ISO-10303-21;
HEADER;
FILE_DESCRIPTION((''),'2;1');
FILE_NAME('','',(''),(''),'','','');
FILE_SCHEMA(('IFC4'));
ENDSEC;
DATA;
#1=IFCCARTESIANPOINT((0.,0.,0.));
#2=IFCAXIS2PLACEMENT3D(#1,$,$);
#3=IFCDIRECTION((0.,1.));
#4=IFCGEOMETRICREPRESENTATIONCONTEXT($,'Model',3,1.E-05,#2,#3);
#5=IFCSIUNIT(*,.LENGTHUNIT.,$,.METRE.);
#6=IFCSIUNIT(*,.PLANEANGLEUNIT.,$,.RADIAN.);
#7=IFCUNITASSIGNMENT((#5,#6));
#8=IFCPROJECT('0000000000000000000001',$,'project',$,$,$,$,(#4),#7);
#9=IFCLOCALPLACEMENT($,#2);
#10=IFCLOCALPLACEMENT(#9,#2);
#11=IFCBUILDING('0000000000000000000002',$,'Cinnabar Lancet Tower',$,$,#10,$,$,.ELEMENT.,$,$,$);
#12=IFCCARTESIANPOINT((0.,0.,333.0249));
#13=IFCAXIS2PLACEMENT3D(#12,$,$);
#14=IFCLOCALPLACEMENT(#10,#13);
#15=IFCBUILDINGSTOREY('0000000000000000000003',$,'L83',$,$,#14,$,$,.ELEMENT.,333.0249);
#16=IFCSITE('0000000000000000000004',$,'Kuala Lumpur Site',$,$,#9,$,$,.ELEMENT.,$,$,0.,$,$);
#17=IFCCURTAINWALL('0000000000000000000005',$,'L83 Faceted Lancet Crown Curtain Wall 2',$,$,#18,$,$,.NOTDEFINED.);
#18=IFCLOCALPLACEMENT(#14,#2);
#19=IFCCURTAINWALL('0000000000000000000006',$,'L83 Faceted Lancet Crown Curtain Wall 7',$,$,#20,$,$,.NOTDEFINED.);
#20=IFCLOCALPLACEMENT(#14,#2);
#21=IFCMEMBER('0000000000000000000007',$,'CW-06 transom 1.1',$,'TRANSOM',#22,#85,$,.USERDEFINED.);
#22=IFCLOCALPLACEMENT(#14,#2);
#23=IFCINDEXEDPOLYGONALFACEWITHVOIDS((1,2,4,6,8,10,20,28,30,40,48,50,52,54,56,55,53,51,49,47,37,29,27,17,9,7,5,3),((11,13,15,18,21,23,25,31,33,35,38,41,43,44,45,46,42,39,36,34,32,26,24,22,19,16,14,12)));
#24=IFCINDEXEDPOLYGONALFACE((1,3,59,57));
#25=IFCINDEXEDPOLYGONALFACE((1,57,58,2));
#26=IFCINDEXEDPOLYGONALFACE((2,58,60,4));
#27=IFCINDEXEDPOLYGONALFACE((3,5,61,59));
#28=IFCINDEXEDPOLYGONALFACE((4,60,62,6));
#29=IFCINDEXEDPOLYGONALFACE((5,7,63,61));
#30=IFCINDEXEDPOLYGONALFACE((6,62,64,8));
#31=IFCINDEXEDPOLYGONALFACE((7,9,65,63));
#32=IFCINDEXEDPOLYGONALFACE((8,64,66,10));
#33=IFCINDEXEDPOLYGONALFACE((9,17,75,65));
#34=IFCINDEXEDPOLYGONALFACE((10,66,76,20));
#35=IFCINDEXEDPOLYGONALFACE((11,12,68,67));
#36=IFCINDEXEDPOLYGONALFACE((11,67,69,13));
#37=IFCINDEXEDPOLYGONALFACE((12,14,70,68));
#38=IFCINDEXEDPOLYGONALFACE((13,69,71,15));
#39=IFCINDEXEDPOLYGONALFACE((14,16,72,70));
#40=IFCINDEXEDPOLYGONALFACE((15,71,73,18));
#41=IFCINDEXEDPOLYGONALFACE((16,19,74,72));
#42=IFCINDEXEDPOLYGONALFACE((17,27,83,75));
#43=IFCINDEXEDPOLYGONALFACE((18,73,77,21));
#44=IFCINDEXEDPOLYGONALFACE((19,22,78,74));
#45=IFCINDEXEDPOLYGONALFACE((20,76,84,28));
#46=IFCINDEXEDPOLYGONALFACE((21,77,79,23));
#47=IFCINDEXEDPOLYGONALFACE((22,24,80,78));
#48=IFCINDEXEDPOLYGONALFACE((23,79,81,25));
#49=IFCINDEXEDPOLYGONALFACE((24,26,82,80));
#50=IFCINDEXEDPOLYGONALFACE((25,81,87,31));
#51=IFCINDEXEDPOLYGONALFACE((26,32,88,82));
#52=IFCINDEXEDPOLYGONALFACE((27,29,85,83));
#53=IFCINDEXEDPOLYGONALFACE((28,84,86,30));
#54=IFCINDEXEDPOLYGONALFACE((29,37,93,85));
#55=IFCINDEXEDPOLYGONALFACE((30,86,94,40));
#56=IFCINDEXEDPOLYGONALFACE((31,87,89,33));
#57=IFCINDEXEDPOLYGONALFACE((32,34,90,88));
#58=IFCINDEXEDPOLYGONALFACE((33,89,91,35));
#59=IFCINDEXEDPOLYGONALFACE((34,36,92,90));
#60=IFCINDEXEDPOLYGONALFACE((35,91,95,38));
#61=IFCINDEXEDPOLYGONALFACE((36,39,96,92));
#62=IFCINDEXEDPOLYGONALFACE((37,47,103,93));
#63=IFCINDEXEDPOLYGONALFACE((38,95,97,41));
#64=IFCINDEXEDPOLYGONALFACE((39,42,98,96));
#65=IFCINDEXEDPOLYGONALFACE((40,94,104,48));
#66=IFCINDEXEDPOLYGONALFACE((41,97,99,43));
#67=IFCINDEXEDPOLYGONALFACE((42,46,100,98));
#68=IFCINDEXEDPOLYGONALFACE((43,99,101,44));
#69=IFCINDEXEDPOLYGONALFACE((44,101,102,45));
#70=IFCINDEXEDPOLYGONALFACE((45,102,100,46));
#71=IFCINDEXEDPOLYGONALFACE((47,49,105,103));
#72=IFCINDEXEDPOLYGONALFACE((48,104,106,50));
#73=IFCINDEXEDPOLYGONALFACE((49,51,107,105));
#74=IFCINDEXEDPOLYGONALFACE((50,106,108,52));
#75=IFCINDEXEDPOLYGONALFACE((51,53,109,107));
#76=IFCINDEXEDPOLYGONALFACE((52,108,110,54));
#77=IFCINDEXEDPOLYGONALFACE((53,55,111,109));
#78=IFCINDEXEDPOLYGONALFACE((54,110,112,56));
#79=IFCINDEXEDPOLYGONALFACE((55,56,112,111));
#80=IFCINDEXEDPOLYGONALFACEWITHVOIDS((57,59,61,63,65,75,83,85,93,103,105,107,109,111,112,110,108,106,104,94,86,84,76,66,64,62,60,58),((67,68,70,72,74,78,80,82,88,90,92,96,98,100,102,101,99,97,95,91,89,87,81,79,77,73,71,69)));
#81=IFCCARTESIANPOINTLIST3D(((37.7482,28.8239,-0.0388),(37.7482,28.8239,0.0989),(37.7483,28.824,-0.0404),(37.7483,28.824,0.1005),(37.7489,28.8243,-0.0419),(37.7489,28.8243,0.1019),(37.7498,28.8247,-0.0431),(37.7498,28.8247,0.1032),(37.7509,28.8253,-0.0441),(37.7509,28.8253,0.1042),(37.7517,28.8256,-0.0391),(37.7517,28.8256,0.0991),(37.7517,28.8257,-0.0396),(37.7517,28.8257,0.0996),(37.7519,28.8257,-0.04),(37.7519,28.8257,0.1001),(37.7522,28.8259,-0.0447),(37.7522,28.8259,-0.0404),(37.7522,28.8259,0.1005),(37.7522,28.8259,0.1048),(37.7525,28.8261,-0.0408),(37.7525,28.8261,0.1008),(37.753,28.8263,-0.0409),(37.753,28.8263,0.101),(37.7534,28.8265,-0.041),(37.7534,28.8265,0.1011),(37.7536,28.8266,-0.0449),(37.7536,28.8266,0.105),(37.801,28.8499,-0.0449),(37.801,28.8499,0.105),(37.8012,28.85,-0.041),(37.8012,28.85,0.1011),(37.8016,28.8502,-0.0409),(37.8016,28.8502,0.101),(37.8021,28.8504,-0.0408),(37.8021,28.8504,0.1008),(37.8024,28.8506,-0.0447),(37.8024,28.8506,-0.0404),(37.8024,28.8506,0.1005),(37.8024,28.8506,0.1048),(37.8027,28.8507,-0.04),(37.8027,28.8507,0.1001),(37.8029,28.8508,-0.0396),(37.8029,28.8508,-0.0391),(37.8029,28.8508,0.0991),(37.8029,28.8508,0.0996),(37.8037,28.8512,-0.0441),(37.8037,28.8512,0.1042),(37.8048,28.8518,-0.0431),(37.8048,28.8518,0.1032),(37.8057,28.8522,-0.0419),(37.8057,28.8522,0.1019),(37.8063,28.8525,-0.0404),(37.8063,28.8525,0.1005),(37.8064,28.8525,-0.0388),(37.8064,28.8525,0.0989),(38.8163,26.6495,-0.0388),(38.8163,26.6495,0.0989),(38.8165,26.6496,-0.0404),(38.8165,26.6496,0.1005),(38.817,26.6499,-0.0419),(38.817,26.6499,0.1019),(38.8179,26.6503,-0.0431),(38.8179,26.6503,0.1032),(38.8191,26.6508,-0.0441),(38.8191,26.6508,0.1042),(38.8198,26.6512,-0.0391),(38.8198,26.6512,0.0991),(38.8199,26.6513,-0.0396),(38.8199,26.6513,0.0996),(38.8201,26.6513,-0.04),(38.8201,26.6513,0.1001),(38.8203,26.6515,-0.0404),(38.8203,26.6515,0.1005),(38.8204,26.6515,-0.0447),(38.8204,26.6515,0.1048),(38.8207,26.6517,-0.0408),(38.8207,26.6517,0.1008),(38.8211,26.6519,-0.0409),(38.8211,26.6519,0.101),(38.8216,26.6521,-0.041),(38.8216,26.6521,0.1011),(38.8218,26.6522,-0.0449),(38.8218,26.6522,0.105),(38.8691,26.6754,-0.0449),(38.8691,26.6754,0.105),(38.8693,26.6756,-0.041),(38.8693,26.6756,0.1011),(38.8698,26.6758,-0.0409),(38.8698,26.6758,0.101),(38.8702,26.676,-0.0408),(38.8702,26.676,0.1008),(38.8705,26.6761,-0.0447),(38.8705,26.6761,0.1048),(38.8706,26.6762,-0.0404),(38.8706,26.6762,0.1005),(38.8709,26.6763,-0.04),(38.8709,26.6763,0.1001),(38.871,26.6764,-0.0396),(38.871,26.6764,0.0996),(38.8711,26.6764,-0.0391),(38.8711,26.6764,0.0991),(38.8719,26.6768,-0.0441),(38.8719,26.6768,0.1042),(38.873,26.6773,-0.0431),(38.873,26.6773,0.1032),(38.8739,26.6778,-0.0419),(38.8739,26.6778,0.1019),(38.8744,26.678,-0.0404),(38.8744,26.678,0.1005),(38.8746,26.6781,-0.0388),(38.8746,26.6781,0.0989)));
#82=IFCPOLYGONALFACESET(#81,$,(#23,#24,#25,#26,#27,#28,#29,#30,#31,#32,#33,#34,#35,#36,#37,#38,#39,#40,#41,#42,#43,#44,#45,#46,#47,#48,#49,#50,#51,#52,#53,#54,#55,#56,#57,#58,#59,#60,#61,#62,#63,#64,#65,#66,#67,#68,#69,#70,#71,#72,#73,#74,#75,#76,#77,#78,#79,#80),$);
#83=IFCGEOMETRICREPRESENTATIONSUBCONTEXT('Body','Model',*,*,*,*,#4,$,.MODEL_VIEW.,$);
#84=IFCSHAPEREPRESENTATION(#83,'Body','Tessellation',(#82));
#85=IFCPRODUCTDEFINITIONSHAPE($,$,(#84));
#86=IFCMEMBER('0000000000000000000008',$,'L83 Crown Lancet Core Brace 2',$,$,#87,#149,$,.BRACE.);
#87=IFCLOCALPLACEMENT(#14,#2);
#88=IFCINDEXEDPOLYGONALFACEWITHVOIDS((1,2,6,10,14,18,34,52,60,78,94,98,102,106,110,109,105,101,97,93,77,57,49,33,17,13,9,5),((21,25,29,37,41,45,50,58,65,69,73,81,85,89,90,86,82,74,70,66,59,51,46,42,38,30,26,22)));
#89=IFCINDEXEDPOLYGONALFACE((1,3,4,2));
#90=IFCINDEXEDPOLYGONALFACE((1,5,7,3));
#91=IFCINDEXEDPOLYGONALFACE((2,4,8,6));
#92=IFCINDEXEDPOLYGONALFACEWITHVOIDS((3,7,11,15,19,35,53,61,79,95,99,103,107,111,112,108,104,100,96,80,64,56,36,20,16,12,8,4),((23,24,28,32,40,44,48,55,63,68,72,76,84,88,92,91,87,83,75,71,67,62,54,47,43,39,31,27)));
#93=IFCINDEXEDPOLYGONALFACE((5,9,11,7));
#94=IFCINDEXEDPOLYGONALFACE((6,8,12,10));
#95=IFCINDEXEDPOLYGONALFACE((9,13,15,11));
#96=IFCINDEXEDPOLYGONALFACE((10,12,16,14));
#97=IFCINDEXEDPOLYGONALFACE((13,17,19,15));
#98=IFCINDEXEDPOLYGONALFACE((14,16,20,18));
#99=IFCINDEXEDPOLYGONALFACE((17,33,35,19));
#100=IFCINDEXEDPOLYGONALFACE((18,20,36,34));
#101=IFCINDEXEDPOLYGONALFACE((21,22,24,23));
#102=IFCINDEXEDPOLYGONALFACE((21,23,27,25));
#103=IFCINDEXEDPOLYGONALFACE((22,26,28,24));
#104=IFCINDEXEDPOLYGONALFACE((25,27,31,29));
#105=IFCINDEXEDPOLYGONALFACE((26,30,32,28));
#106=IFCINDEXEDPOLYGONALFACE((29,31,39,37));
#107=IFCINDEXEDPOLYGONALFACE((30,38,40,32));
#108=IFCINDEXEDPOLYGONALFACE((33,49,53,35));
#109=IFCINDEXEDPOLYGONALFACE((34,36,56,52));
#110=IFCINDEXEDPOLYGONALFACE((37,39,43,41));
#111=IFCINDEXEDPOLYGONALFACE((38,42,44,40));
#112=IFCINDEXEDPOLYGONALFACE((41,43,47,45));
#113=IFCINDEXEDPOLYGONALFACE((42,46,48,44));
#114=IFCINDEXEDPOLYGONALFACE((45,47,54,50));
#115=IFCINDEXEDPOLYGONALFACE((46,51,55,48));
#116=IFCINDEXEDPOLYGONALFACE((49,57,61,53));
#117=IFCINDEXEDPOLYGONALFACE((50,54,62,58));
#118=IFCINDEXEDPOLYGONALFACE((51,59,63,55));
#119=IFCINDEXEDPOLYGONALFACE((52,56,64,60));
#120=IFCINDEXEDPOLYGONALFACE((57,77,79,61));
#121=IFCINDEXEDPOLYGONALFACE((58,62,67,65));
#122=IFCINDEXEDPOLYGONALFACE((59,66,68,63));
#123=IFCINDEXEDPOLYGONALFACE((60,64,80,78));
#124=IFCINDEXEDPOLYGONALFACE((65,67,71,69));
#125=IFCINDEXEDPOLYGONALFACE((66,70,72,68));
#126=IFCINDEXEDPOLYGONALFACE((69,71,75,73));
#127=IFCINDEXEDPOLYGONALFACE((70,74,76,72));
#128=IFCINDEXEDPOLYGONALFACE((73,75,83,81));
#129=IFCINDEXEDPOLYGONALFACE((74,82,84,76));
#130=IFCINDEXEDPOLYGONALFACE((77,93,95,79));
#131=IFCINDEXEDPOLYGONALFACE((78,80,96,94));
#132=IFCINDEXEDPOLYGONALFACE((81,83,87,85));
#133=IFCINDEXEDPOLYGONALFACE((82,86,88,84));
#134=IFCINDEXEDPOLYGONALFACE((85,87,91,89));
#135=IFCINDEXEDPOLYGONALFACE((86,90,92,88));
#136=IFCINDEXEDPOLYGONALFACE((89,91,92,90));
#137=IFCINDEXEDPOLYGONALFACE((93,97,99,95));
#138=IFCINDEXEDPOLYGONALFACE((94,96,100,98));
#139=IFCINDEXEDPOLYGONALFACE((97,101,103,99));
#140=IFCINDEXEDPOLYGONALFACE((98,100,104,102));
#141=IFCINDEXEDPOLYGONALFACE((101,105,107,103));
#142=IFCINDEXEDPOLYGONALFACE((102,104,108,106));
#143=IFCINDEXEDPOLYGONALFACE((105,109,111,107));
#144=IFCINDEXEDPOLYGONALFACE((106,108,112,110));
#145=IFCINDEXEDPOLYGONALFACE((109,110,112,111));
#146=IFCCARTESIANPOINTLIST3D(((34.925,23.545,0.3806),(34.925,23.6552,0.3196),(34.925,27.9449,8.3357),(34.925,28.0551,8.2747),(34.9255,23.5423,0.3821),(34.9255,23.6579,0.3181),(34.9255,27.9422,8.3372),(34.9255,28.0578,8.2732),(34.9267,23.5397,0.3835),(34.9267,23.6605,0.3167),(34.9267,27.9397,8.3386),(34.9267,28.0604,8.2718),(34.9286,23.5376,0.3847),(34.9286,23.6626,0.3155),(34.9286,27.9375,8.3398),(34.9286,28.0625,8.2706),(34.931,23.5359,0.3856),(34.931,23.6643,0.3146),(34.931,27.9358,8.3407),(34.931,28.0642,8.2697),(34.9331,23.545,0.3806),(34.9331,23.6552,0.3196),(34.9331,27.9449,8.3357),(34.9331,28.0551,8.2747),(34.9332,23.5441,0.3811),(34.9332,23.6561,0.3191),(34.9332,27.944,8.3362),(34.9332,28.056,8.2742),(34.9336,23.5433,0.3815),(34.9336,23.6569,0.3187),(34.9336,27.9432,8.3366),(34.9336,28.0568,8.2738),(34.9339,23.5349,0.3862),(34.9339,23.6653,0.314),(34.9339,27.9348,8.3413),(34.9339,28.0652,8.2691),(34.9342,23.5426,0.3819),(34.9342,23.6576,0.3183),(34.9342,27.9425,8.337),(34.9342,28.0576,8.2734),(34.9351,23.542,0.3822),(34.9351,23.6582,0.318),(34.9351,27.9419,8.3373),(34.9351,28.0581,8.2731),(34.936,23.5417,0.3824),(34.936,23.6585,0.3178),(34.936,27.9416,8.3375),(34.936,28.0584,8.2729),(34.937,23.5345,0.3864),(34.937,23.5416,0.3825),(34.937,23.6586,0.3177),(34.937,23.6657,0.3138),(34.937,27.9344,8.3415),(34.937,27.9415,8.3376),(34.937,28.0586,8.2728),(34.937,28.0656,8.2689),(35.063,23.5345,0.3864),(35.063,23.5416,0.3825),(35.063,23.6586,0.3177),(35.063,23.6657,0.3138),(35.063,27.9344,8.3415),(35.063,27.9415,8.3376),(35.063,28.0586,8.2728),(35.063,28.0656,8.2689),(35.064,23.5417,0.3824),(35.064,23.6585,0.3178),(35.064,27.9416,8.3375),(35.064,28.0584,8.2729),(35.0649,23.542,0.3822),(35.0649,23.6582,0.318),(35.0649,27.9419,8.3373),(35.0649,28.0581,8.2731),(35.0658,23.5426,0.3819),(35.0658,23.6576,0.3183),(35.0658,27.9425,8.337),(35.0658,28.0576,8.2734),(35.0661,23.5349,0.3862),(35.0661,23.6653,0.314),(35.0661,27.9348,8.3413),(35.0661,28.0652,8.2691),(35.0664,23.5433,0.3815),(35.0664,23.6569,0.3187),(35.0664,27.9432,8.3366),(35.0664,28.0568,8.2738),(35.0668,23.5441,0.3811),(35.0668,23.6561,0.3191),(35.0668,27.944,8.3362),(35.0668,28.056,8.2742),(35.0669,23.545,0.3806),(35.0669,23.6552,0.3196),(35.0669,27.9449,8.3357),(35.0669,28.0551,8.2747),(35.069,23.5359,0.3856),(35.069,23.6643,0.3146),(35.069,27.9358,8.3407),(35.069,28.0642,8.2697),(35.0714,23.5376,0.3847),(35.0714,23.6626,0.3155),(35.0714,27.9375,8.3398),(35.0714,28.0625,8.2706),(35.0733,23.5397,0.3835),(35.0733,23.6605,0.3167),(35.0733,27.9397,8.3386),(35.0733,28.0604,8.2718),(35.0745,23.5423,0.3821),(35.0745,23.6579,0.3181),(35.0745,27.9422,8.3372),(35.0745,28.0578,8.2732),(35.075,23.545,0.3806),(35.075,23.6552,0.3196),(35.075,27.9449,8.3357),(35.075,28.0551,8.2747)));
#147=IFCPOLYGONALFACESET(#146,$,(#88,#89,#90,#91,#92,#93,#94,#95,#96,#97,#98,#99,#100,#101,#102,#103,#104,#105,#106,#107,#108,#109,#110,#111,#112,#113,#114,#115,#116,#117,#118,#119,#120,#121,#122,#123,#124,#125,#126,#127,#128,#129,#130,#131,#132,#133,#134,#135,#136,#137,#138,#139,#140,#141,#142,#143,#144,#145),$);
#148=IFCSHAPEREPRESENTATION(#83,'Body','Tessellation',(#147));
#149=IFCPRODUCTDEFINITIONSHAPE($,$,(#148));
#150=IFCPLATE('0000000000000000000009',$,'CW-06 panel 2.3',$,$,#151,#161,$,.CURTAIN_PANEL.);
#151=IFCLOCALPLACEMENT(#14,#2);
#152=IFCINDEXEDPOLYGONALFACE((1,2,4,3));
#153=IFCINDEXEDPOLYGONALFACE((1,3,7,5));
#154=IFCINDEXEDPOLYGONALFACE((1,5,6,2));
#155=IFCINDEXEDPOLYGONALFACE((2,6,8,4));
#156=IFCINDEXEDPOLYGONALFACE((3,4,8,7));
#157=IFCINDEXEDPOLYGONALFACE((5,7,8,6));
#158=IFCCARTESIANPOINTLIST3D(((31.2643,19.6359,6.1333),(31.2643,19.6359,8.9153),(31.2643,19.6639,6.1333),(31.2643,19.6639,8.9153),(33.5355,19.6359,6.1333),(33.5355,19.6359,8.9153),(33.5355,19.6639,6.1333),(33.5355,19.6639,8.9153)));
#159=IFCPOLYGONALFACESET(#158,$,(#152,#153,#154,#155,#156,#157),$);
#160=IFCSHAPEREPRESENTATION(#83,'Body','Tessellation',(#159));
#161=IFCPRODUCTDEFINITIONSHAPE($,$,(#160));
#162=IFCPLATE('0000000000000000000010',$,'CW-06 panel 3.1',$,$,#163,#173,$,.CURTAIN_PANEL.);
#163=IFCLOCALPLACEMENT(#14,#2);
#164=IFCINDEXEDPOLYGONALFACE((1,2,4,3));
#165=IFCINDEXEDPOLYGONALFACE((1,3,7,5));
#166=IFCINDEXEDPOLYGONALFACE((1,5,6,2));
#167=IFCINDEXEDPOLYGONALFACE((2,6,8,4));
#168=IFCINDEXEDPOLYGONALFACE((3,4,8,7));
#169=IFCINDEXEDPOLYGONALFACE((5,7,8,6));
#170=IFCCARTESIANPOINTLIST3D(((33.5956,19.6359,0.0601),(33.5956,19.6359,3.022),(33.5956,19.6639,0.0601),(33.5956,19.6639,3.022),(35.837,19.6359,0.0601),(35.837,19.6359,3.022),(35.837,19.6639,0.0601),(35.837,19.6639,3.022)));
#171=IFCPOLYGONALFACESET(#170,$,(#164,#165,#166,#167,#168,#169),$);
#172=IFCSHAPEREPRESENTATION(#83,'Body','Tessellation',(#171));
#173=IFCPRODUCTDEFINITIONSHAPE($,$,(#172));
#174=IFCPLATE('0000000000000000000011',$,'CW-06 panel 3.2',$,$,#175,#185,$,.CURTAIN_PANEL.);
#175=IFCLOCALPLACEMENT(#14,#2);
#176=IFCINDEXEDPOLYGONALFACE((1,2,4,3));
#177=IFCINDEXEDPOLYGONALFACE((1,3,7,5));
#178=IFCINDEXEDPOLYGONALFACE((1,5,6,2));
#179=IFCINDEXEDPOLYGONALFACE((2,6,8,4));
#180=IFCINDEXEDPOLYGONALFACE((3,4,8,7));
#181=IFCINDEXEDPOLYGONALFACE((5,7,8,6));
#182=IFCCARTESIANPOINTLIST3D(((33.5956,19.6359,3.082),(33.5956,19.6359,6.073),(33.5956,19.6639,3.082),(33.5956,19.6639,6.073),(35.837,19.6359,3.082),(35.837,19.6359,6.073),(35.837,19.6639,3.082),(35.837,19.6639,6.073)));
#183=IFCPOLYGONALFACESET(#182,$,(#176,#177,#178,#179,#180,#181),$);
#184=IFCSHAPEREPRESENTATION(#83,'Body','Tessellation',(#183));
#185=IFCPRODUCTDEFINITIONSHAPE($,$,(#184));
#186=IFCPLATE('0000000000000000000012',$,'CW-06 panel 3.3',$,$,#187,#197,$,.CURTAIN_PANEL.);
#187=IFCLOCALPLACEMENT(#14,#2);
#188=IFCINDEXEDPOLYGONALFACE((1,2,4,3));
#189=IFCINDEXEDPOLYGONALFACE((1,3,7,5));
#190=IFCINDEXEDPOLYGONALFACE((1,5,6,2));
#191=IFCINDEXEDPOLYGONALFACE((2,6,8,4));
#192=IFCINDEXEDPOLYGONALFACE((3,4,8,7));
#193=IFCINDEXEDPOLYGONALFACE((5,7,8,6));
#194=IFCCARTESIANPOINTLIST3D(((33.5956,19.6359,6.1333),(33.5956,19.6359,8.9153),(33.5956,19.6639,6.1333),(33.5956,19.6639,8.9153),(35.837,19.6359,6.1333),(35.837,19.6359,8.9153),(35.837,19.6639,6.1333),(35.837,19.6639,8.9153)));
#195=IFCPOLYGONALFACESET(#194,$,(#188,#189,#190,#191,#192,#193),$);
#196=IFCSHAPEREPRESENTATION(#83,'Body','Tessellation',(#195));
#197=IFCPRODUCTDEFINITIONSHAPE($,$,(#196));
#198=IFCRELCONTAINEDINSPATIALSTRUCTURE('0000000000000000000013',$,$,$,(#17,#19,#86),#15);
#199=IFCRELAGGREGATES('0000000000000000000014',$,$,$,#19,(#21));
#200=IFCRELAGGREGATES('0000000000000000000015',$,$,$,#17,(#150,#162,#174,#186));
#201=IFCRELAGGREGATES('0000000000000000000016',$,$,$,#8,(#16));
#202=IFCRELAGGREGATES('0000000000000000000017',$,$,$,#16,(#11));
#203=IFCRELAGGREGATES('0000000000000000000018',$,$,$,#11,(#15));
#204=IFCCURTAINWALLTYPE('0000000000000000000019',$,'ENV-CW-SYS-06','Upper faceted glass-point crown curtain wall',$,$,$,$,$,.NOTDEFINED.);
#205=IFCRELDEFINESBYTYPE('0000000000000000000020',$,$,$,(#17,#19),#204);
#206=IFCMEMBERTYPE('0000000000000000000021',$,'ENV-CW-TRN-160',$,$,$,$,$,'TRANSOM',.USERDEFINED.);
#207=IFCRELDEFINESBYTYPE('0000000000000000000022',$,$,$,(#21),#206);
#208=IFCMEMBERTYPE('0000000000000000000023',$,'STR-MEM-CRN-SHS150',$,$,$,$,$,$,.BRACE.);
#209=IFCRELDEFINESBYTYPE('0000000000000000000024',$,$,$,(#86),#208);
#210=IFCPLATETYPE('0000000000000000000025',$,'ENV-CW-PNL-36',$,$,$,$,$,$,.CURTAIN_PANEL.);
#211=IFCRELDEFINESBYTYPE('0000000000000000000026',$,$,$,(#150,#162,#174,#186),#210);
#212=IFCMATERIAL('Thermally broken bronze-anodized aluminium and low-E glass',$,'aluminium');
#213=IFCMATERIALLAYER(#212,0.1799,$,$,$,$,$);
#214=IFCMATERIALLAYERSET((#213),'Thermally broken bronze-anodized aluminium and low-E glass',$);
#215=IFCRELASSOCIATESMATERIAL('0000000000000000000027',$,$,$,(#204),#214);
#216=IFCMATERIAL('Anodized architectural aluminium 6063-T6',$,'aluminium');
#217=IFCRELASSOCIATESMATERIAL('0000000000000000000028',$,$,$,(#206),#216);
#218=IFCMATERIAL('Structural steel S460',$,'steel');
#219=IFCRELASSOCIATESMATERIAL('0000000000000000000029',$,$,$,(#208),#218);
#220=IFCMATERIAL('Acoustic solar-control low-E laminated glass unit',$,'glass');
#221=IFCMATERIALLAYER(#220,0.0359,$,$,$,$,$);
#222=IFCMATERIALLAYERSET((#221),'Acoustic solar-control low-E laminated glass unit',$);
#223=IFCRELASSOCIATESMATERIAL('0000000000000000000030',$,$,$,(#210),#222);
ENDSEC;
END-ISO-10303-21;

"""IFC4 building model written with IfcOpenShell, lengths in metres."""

from ifc_helpers import new_model, si_unit, direction, frame, origin, origin_2d, place, context, subcontext, project, spatial, rectangle, hollow_rectangle, extrude, material, layer, layer_set, material_profile, profile_set, type_object, element, aggregate, save


model = new_model("IFC4")

# Units and contexts
model_context = context("Model", 3, precision=1e-05, world=origin(), true_north=direction((0.0, 1.0)))
body_context = subcontext(model_context, "Body", "Model", "MODEL_VIEW")
ifc_project = project(units=[si_unit("LENGTHUNIT", "METRE"), si_unit("PLANEANGLEUNIT", "RADIAN")], contexts=[model_context])

# Site, building, storey
site_placement = place(None, origin())
site = spatial("IfcSite", under=ifc_project, at=site_placement, Name="Kuala Lumpur Site", CompositionType="ELEMENT", RefElevation=0.0)
building_placement = place(site_placement, origin())
building = spatial("IfcBuilding", under=site, at=building_placement, Name="Cinnabar Lancet Tower", CompositionType="ELEMENT")
storey_placement = place(building_placement, frame((0.0, 0.0, 333.0249)))
storey = spatial("IfcBuildingStorey", under=building, at=storey_placement, Name="L83", CompositionType="ELEMENT", Elevation=333.0249)

# Curtain wall
ifc_material_1 = material(Name="Thermally broken bronze-anodized aluminium and low-E glass", Category="aluminium")
ifc_layer_1 = layer(ifc_material_1, 0.1799)
ifc_layer_set_1 = layer_set([ifc_layer_1], Name="Thermally broken bronze-anodized aluminium and low-E glass")
curtain_wall_type = type_object("IfcCurtainWallType", Name="ENV-CW-SYS-06", Description="Upper faceted glass-point crown curtain wall", PredefinedType="NOTDEFINED", material=ifc_layer_set_1)
curtain_wall_1_placement = place(storey_placement, origin())
curtain_wall_1 = element("IfcCurtainWall", 1, at=curtain_wall_1_placement, inside=storey, type_object=curtain_wall_type, Name="L83 Faceted Lancet Crown Curtain Wall 2", PredefinedType="NOTDEFINED")

# Curtain wall
curtain_wall_2_placement = place(storey_placement, origin())
curtain_wall_2 = element("IfcCurtainWall", 2, at=curtain_wall_2_placement, inside=storey, type_object=curtain_wall_type, Name="L83 Faceted Lancet Crown Curtain Wall 7", PredefinedType="NOTDEFINED")

# Members
ifc_material_2 = material(Name="Anodized architectural aluminium 6063-T6", Category="aluminium")
ifc_material_profile_1 = material_profile(ifc_material_2, hollow_rectangle(XDim=0.0649, YDim=0.1499, WallThickness=0.0039, InnerFilletRadius=0.002, OuterFilletRadius=0.0061, at=origin_2d()), Name="CW-TRN 150x65x4")
ifc_profile_set_1 = profile_set([ifc_material_profile_1], Name="Anodized architectural aluminium 6063-T6")
member_type_1 = type_object("IfcMemberType", Name="ENV-CW-TRN-160", ElementType="TRANSOM", PredefinedType="USERDEFINED", material=ifc_profile_set_1)
member_1_placement = place(storey_placement, frame((38.8455, 26.6638, 0.03), z_axis=(-0.440914, 0.897549, 0.0), x_axis=(-0.897549, -0.440914, 0.0)))
member_1 = element("IfcMember", 3, at=member_1_placement, type_object=member_type_1, Name="CW-06 transom 1.1", ObjectType="TRANSOM", PredefinedType="USERDEFINED", context=body_context, shape_type="SweptSolid", body=[
    extrude(hollow_rectangle(XDim=0.0649, YDim=0.1499, WallThickness=0.0039, InnerFilletRadius=0.002, OuterFilletRadius=0.0061, at=origin_2d()), origin(), (0.0, 0.0, 1.0), 2.4226),
])
aggregate(curtain_wall_2, [member_1])
ifc_material_3 = material(Name="Structural steel S460", Category="steel")
ifc_material_profile_2 = material_profile(ifc_material_3, hollow_rectangle(XDim=0.1499, YDim=0.1499, WallThickness=0.0081, InnerFilletRadius=0.0039, OuterFilletRadius=0.012, at=origin_2d()), Name="SHS 150x150x8")
ifc_profile_set_2 = profile_set([ifc_material_profile_2], Name="Structural steel S460")
member_type_2 = type_object("IfcMemberType", Name="STR-MEM-CRN-SHS150", PredefinedType="BRACE", material=ifc_profile_set_2)
member_2_placement = place(storey_placement, frame((35.0, 23.6001, 0.3501), z_axis=(0.0, 0.483996, 0.87507), x_axis=(-1.0, 0.0, 0.0)))
element("IfcMember", 4, at=member_2_placement, inside=storey, type_object=member_type_2, Name="L83 Crown Lancet Core Brace 2", PredefinedType="BRACE", context=body_context, shape_type="SweptSolid", body=[
    extrude(hollow_rectangle(XDim=0.1499, YDim=0.1499, WallThickness=0.0081, InnerFilletRadius=0.0039, OuterFilletRadius=0.012, at=origin_2d()), origin(), (0.0, 0.0, 1.0), 9.0908),
])

# Plates
ifc_material_4 = material(Name="Acoustic solar-control low-E laminated glass unit", Category="glass")
ifc_layer_2 = layer(ifc_material_4, 0.0359)
ifc_layer_set_2 = layer_set([ifc_layer_2], Name="Acoustic solar-control low-E laminated glass unit")
plate_type_1 = type_object("IfcPlateType", Name="ENV-CW-PNL-36", PredefinedType="CURTAIN_PANEL", material=ifc_layer_set_2)
plate_1_placement = place(storey_placement, frame((32.3999, 19.6499, 6.1333), z_axis=(0.0, 0.0, 1.0), x_axis=(1.0, 0.0, 0.0)))
plate_1 = element("IfcPlate", 5, at=plate_1_placement, type_object=plate_type_1, Name="CW-06 panel 2.3", PredefinedType="CURTAIN_PANEL", context=body_context, shape_type="SweptSolid", body=[
    extrude(rectangle(XDim=2.2712, YDim=0.0281, at=origin_2d()), origin(), (0.0, 0.0, 1.0), 2.782),
])
plate_2_placement = place(storey_placement, frame((34.7163, 19.6499, 0.0601), z_axis=(0.0, 0.0, 1.0), x_axis=(1.0, 0.0, 0.0)))
plate_2 = element("IfcPlate", 6, at=plate_2_placement, type_object=plate_type_1, Name="CW-06 panel 3.1", PredefinedType="CURTAIN_PANEL", context=body_context, shape_type="SweptSolid", body=[
    extrude(rectangle(XDim=2.2415, YDim=0.0281, at=origin_2d()), origin(), (0.0, 0.0, 1.0), 2.9619),
])
plate_3_placement = place(storey_placement, frame((34.7163, 19.6499, 3.082), z_axis=(0.0, 0.0, 1.0), x_axis=(1.0, 0.0, 0.0)))
plate_3 = element("IfcPlate", 7, at=plate_3_placement, type_object=plate_type_1, Name="CW-06 panel 3.2", PredefinedType="CURTAIN_PANEL", context=body_context, shape_type="SweptSolid", body=[
    extrude(rectangle(XDim=2.2415, YDim=0.0281, at=origin_2d()), origin(), (0.0, 0.0, 1.0), 2.991),
])
plate_4_placement = place(storey_placement, frame((34.7163, 19.6499, 6.1333), z_axis=(0.0, 0.0, 1.0), x_axis=(1.0, 0.0, 0.0)))
plate_4 = element("IfcPlate", 8, at=plate_4_placement, type_object=plate_type_1, Name="CW-06 panel 3.3", PredefinedType="CURTAIN_PANEL", context=body_context, shape_type="SweptSolid", body=[
    extrude(rectangle(XDim=2.2415, YDim=0.0281, at=origin_2d()), origin(), (0.0, 0.0, 1.0), 2.782),
])
aggregate(curtain_wall_1, [plate_1, plate_2, plate_3, plate_4])

save(model, "model.ifc")
